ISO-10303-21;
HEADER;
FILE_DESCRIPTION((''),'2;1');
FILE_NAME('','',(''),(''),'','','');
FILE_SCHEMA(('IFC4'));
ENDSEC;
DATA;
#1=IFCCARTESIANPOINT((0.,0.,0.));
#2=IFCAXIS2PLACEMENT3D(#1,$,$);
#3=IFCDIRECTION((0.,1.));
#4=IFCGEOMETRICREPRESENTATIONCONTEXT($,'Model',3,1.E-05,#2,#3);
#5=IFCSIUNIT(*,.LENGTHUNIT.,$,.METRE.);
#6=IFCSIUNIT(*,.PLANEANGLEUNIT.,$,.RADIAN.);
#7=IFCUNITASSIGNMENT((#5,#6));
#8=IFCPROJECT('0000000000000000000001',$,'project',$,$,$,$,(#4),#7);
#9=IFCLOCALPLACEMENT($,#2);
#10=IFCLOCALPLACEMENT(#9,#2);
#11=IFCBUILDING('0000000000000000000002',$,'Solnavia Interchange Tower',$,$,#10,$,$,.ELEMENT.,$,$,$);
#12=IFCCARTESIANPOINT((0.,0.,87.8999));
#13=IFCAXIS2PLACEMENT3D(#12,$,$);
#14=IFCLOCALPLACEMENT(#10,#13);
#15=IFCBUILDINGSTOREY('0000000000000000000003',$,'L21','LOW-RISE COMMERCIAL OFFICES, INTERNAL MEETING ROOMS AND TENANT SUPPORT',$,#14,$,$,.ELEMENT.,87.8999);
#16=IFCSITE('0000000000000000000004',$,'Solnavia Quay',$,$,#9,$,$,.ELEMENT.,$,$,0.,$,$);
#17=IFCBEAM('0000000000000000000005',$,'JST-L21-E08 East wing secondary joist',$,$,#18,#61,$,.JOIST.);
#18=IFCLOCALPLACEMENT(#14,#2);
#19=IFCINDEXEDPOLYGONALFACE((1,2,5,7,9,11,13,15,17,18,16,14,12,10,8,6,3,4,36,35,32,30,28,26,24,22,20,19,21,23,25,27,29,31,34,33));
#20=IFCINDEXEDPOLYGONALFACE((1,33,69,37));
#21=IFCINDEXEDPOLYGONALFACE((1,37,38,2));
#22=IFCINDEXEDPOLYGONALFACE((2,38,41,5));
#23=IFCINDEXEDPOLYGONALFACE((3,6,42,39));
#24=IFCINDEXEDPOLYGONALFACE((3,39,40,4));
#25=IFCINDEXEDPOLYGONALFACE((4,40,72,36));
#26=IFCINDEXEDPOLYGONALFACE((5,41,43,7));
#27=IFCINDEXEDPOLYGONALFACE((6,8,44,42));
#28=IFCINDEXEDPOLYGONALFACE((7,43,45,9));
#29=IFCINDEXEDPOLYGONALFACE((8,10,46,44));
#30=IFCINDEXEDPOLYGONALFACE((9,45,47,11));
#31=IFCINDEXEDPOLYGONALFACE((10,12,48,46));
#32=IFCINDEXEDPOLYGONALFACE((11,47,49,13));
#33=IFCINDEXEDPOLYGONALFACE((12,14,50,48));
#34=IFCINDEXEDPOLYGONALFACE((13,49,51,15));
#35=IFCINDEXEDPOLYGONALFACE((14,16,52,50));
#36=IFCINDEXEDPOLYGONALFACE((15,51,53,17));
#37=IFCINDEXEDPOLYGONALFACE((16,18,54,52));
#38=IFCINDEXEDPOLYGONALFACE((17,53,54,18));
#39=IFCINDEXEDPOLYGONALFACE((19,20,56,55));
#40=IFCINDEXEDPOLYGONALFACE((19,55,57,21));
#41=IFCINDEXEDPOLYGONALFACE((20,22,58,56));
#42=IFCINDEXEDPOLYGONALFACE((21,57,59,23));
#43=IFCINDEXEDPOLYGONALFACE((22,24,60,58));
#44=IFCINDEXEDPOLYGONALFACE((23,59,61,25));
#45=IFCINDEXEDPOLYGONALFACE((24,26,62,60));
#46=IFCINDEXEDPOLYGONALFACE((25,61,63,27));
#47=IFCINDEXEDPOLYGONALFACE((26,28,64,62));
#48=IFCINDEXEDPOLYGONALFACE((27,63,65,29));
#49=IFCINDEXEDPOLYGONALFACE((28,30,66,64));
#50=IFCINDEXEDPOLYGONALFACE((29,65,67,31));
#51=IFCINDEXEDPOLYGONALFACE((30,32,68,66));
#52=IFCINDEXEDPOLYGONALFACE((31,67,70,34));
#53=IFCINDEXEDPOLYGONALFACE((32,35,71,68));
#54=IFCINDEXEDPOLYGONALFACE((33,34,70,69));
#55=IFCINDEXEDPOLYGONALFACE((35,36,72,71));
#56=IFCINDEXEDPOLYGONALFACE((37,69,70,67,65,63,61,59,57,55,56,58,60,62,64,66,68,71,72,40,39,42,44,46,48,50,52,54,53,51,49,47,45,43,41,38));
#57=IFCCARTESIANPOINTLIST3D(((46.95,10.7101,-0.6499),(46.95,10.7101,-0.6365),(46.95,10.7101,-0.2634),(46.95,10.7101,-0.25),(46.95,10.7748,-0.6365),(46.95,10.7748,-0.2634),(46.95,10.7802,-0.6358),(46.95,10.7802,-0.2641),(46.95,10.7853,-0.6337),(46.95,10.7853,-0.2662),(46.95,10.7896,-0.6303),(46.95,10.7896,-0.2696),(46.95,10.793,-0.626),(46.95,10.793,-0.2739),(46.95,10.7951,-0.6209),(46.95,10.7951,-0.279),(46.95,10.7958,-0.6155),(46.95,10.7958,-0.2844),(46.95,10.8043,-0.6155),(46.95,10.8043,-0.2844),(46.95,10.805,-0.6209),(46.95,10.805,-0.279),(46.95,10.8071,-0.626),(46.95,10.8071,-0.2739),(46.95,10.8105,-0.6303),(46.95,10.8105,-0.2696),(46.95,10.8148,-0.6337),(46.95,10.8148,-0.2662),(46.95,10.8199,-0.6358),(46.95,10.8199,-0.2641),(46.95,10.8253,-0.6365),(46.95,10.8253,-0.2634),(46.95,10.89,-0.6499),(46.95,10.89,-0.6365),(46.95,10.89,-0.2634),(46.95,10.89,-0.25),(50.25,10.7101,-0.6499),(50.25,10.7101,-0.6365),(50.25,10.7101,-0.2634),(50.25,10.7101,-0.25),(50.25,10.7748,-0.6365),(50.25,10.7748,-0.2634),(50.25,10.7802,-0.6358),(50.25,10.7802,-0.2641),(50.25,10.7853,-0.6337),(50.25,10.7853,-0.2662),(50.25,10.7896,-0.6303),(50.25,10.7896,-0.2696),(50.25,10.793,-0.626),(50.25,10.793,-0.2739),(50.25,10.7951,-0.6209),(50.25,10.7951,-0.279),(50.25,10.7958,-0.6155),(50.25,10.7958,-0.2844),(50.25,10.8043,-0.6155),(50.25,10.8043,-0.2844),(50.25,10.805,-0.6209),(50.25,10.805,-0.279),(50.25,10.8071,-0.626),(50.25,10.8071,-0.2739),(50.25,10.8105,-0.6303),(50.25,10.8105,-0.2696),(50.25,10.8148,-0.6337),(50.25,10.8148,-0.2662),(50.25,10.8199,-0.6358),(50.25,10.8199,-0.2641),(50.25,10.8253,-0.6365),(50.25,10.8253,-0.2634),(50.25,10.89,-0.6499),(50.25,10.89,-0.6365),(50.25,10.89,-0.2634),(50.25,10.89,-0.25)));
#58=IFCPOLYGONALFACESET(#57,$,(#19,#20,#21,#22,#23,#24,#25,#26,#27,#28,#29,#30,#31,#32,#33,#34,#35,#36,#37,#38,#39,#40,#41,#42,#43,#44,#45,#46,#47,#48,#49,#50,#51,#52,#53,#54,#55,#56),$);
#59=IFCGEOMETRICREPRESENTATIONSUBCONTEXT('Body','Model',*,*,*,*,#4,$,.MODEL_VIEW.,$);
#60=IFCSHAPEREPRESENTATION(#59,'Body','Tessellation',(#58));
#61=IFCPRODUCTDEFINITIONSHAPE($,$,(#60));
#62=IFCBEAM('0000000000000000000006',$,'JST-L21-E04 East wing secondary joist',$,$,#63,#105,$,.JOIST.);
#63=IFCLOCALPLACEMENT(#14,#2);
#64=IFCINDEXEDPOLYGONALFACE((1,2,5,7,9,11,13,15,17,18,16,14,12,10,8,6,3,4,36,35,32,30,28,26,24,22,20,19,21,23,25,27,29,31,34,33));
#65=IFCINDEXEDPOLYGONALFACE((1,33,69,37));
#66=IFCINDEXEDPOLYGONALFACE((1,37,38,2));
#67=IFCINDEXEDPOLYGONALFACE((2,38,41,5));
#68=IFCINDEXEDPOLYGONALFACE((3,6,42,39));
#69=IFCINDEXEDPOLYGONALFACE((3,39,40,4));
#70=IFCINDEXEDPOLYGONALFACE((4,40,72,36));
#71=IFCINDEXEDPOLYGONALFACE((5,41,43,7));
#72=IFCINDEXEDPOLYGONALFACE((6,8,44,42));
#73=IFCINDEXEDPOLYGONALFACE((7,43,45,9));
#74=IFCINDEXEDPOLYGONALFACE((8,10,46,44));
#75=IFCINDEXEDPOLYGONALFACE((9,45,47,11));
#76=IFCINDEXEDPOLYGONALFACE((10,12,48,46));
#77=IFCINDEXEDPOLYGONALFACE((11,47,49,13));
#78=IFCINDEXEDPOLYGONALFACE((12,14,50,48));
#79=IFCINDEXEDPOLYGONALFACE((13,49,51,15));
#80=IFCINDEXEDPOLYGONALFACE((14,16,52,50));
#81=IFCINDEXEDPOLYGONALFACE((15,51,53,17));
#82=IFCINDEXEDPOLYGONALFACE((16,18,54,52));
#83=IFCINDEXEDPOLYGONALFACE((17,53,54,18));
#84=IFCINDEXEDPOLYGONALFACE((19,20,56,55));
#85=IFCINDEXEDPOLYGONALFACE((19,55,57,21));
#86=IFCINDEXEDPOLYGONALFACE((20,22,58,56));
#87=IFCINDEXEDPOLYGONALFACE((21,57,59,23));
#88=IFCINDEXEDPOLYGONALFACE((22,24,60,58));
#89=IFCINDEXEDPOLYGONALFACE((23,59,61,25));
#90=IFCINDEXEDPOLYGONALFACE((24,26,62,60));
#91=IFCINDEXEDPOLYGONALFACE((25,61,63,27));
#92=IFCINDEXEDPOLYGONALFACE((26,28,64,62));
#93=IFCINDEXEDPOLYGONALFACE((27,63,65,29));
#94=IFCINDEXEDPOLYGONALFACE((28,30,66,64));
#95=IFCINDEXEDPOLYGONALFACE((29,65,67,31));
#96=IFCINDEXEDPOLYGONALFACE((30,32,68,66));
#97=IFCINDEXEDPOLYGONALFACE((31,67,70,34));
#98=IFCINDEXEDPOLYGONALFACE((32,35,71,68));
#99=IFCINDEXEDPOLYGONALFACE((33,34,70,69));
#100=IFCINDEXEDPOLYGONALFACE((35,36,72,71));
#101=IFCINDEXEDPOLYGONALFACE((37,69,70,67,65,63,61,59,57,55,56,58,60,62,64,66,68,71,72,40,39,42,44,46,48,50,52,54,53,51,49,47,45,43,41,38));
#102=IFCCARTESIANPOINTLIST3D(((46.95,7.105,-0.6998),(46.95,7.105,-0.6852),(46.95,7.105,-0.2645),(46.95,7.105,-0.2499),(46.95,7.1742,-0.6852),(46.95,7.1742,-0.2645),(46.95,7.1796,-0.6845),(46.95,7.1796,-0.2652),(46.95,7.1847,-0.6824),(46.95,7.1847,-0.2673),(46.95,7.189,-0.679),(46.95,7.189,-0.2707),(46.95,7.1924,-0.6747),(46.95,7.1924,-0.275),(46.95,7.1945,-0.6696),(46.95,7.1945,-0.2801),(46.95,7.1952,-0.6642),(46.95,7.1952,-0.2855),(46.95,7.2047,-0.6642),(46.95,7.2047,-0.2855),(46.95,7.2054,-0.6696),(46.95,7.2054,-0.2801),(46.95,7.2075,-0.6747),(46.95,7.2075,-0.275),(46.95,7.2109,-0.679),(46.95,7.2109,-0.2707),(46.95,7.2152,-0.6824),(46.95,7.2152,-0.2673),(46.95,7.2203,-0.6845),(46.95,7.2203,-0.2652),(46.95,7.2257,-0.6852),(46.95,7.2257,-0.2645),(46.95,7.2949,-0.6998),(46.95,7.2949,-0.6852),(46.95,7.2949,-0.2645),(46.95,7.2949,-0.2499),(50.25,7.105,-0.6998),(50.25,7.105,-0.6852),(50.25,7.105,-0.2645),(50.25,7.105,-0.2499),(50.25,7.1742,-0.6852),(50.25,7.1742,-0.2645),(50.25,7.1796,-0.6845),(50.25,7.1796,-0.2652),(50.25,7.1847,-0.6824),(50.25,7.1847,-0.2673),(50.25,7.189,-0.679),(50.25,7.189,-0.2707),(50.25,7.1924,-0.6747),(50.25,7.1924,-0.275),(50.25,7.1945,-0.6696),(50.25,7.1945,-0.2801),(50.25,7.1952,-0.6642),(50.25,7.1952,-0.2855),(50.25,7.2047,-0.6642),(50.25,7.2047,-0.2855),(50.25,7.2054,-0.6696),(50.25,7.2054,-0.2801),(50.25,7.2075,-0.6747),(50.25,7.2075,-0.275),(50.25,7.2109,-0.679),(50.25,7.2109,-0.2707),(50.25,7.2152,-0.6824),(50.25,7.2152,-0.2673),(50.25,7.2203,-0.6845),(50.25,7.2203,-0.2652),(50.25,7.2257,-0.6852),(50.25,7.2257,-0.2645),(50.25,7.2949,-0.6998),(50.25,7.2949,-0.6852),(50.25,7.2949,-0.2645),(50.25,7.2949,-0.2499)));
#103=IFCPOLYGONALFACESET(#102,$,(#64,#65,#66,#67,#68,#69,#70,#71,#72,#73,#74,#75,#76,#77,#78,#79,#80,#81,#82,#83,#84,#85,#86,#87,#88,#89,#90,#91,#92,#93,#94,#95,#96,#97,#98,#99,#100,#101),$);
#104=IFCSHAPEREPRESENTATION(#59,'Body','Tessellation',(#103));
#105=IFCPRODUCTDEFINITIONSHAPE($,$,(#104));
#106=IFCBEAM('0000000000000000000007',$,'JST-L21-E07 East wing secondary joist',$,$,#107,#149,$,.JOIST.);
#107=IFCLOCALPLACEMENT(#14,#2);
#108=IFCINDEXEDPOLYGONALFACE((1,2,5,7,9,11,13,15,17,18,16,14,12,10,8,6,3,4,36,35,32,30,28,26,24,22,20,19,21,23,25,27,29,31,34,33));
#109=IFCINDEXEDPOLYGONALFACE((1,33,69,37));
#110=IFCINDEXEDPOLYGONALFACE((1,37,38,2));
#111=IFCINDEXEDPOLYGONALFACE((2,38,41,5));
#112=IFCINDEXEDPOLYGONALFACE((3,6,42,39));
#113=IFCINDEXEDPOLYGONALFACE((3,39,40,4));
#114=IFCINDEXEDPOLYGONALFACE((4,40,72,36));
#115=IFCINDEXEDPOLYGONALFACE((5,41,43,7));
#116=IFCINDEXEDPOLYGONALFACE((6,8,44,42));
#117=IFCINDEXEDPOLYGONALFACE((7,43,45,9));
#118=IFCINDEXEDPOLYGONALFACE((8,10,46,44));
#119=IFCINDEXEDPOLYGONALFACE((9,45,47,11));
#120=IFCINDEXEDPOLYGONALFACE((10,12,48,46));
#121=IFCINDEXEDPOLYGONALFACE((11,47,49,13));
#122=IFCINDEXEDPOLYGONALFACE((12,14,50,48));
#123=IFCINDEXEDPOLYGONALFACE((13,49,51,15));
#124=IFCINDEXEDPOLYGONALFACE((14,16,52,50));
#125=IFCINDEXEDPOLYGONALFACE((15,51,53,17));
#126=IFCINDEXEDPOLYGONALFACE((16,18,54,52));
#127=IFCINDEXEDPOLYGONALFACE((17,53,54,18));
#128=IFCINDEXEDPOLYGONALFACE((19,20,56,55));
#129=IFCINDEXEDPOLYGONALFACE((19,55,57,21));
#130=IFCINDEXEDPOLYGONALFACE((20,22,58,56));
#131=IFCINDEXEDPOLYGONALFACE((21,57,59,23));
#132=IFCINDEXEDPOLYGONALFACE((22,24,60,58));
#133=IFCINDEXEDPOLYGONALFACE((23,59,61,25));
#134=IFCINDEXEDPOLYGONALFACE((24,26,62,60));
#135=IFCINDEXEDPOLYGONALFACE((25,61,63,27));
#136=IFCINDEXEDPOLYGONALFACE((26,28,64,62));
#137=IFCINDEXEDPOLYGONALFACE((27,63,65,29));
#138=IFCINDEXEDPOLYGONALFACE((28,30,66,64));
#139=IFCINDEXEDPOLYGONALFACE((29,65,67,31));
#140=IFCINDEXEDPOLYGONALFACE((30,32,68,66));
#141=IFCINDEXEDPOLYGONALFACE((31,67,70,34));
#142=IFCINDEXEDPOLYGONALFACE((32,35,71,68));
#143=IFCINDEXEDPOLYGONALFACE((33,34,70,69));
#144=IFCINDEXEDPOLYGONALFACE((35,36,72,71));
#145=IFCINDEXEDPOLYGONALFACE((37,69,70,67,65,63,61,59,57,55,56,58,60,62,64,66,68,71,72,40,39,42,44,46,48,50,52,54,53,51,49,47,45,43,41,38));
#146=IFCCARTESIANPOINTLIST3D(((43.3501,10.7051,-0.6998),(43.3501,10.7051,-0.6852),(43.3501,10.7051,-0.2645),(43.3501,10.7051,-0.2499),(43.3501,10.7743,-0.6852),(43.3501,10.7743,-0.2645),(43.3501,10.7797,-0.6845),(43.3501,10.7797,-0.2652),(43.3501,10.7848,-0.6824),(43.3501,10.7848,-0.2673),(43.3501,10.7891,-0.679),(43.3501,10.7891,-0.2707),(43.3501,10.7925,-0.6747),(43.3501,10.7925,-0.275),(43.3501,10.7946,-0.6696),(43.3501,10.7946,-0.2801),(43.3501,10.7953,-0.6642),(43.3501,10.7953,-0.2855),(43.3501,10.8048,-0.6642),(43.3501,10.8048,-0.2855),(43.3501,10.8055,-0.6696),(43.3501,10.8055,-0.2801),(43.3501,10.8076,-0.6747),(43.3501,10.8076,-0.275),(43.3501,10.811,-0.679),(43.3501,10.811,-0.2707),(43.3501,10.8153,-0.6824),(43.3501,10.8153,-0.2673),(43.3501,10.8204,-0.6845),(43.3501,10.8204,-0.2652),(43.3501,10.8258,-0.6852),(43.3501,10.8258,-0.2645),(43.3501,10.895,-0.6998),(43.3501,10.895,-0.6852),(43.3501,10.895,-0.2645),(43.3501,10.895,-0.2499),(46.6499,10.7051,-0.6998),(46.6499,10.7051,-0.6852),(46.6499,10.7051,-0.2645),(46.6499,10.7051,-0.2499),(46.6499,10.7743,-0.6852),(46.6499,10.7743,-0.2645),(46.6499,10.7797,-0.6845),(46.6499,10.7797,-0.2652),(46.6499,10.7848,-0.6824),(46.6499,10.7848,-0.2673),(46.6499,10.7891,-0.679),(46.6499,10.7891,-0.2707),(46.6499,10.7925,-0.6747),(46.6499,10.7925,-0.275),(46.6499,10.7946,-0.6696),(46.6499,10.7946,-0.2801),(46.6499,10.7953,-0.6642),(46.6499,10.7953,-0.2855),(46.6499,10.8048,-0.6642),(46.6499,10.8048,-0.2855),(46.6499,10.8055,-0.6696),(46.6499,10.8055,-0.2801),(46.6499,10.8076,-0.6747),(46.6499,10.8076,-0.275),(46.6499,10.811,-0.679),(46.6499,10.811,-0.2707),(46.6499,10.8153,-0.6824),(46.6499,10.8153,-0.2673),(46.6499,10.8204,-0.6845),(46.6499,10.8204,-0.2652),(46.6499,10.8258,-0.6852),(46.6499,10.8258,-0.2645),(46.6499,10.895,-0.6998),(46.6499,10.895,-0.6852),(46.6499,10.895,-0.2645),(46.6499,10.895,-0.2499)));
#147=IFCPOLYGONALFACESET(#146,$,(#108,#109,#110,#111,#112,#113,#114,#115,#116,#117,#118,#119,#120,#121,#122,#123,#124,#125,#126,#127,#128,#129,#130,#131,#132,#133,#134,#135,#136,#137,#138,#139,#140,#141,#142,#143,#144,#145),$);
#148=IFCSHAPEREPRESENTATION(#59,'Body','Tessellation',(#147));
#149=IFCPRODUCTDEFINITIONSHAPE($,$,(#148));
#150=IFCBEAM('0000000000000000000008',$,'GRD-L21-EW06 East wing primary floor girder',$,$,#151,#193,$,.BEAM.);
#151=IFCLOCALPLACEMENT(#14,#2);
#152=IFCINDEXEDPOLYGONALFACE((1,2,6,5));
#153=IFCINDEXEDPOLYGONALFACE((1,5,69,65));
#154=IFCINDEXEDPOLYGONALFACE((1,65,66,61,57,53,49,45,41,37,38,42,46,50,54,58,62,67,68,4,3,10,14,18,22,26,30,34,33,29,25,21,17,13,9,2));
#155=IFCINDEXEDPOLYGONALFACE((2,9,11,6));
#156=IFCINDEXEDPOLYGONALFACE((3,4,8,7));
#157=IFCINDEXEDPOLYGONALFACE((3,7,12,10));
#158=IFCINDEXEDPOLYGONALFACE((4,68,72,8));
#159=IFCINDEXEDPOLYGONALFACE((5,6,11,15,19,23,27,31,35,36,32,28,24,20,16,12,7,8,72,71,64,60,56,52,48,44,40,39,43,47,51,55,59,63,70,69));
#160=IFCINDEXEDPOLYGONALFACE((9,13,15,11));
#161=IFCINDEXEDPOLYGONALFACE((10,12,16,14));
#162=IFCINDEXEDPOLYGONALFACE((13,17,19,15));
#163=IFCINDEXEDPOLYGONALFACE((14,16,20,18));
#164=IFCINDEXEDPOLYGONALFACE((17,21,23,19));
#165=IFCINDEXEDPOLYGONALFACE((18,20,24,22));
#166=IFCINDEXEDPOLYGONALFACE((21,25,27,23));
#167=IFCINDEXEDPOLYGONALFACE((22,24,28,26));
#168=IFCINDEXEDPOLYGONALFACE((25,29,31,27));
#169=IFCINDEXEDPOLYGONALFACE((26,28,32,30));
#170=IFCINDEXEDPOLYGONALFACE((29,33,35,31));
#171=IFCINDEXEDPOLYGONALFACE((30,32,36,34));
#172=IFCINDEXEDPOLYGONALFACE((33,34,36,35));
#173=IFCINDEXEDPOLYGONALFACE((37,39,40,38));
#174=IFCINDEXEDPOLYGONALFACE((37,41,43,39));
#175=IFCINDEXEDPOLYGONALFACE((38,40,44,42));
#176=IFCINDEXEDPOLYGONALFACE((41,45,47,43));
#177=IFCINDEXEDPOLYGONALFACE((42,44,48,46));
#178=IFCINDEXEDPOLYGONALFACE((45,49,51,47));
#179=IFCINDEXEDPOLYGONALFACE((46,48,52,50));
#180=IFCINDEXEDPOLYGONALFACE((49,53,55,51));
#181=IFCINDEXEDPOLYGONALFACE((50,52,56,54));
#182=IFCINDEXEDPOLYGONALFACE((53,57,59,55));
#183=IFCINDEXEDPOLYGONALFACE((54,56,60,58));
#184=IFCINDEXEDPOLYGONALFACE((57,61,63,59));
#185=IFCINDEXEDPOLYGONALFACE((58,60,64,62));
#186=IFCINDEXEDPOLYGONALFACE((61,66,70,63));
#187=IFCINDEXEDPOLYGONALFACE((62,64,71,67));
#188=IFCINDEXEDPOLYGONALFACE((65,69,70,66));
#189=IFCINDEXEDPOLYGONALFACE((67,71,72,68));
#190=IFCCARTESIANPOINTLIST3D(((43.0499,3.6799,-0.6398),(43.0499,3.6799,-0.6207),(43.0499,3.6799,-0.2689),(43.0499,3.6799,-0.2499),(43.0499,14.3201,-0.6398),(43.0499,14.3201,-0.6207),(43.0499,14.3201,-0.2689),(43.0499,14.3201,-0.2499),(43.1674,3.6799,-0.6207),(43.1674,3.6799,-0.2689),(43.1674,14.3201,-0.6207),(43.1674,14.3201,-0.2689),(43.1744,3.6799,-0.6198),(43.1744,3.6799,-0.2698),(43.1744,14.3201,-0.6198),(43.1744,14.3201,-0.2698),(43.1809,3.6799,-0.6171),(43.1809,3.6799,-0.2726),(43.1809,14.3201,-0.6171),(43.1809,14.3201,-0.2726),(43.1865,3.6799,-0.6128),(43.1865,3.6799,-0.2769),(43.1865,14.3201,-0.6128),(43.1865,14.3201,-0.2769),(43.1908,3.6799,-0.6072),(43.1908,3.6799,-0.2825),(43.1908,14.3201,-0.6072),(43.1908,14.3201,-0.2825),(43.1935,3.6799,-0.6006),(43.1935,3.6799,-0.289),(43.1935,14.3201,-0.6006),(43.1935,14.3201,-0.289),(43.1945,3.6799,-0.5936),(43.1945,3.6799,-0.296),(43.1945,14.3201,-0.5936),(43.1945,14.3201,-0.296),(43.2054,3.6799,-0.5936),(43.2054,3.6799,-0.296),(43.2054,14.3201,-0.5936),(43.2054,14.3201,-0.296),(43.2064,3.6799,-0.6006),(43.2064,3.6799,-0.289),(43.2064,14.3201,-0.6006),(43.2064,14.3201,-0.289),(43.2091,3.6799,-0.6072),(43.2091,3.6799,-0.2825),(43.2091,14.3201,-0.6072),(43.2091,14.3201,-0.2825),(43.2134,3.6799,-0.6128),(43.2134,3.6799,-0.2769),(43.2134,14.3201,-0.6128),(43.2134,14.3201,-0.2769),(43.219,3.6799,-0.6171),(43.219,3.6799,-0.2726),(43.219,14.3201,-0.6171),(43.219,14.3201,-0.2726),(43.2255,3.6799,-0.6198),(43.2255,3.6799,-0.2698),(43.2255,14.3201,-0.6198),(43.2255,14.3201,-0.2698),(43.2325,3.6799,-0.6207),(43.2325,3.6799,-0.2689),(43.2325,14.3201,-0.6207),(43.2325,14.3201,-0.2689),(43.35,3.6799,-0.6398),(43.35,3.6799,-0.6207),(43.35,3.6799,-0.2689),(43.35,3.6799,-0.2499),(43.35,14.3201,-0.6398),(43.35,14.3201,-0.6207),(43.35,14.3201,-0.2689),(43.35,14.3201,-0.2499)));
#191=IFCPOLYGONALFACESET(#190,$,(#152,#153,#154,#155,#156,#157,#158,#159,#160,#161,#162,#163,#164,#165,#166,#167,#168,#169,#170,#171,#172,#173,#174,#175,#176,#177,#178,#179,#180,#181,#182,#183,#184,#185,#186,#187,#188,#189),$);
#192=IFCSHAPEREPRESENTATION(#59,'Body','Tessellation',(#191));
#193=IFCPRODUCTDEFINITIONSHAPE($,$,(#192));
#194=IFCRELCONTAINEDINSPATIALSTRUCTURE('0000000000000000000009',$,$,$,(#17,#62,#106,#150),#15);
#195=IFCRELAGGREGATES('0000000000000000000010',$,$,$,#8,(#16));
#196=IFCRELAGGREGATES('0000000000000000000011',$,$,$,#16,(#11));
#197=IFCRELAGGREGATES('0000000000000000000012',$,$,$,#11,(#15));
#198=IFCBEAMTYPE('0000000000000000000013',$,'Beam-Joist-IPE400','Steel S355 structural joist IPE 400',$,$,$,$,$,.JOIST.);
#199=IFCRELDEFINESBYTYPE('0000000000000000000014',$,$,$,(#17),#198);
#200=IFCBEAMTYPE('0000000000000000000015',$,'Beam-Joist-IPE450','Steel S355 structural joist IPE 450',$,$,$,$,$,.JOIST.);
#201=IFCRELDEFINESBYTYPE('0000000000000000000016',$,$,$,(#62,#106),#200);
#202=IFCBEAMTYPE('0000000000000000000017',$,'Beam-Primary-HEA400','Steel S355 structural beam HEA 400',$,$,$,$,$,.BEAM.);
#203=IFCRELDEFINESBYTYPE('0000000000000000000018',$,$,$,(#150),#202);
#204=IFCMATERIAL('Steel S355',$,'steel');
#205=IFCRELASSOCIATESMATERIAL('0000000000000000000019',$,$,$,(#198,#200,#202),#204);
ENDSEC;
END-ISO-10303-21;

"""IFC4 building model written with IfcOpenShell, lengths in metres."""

from ifc_helpers import new_model, si_unit, direction, frame, origin, origin_2d, place, context, subcontext, project, spatial, i_section, extrude, material, material_profile, profile_set, type_object, element, save


model = new_model("IFC4")

# Units and contexts
model_context = context("Model", 3, precision=1e-05, world=origin(), true_north=direction((0.0, 1.0)))
body_context = subcontext(model_context, "Body", "Model", "MODEL_VIEW")
ifc_project = project(units=[si_unit("LENGTHUNIT", "METRE"), si_unit("PLANEANGLEUNIT", "RADIAN")], contexts=[model_context])

# Site, building, storey
site_placement = place(None, origin())
site = spatial("IfcSite", under=ifc_project, at=site_placement, Name="Solnavia Quay", CompositionType="ELEMENT", RefElevation=0.0)
building_placement = place(site_placement, origin())
building = spatial("IfcBuilding", under=site, at=building_placement, Name="Solnavia Interchange Tower", CompositionType="ELEMENT")
storey_placement = place(building_placement, frame((0.0, 0.0, 87.8999)))
storey = spatial("IfcBuildingStorey", under=building, at=storey_placement, Name="L21", Description="LOW-RISE COMMERCIAL OFFICES, INTERNAL MEETING ROOMS AND TENANT SUPPORT", CompositionType="ELEMENT", Elevation=87.8999)

# Shared definitions
ifc_material_1 = material(Name="Steel S355", Category="steel")

# Beams
ifc_material_profile_1 = material_profile(ifc_material_1, i_section(OverallWidth=0.1799, OverallDepth=0.3999, WebThickness=0.0085, FlangeThickness=0.0134, FilletRadius=0.021, at=origin_2d()), Name="IPE 400")
ifc_profile_set_1 = profile_set([ifc_material_profile_1], Name="Steel S355")
beam_type_1 = type_object("IfcBeamType", Name="Beam-Joist-IPE400", Description="Steel S355 structural joist IPE 400", PredefinedType="JOIST", material=ifc_profile_set_1)
beam_1_placement = place(storey_placement, frame((46.95, 10.8, -0.45), z_axis=(1.0, 0.0, 0.0), x_axis=(0.0, 1.0, 0.0)))
element("IfcBeam", 1, at=beam_1_placement, inside=storey, type_object=beam_type_1, Name="JST-L21-E08 East wing secondary joist", PredefinedType="JOIST", context=body_context, shape_type="SweptSolid", body=[
    extrude(i_section(OverallWidth=0.1799, OverallDepth=0.3999, WebThickness=0.0085, FlangeThickness=0.0134, FilletRadius=0.021, at=origin_2d()), origin(), (0.0, 0.0, 1.0), 3.3),
])
ifc_material_profile_2 = material_profile(ifc_material_1, i_section(OverallWidth=0.1899, OverallDepth=0.45, WebThickness=0.0095, FlangeThickness=0.0146, FilletRadius=0.021, at=origin_2d()), Name="IPE 450")
ifc_profile_set_2 = profile_set([ifc_material_profile_2], Name="Steel S355")
beam_type_2 = type_object("IfcBeamType", Name="Beam-Joist-IPE450", Description="Steel S355 structural joist IPE 450", PredefinedType="JOIST", material=ifc_profile_set_2)
beam_2_placement = place(storey_placement, frame((46.95, 7.2, -0.4749), z_axis=(1.0, 0.0, 0.0), x_axis=(0.0, 1.0, 0.0)))
element("IfcBeam", 2, at=beam_2_placement, inside=storey, type_object=beam_type_2, Name="JST-L21-E04 East wing secondary joist", PredefinedType="JOIST", context=body_context, shape_type="SweptSolid", body=[
    extrude(i_section(OverallWidth=0.1899, OverallDepth=0.45, WebThickness=0.0095, FlangeThickness=0.0146, FilletRadius=0.021, at=origin_2d()), origin(), (0.0, 0.0, 1.0), 3.3),
])
beam_3_placement = place(storey_placement, frame((43.3501, 10.8, -0.4749), z_axis=(1.0, 0.0, 0.0), x_axis=(0.0, 1.0, 0.0)))
element("IfcBeam", 3, at=beam_3_placement, inside=storey, type_object=beam_type_2, Name="JST-L21-E07 East wing secondary joist", PredefinedType="JOIST", context=body_context, shape_type="SweptSolid", body=[
    extrude(i_section(OverallWidth=0.1899, OverallDepth=0.45, WebThickness=0.0095, FlangeThickness=0.0146, FilletRadius=0.021, at=origin_2d()), origin(), (0.0, 0.0, 1.0), 3.2998),
])
ifc_material_profile_3 = material_profile(ifc_material_1, i_section(OverallWidth=0.3, OverallDepth=0.3899, WebThickness=0.011, FlangeThickness=0.019, FilletRadius=0.0271, at=origin_2d()), Name="HEA 400")
ifc_profile_set_3 = profile_set([ifc_material_profile_3], Name="Steel S355")
beam_type_3 = type_object("IfcBeamType", Name="Beam-Primary-HEA400", Description="Steel S355 structural beam HEA 400", PredefinedType="BEAM", material=ifc_profile_set_3)
for number, where, z_axis, x_axis, name in (
    (4, (43.2, 3.6799, -0.4448), (0.0, 1.0, 0.0), (-1.0, 0.0, 0.0), "GRD-L21-EW06 East wing primary floor girder"),
):
    element("IfcBeam", number, at=place(storey_placement, frame(where, z_axis=z_axis, x_axis=x_axis)), inside=storey, type_object=beam_type_3, Name=name, PredefinedType="BEAM", context=body_context, shape_type="SweptSolid", body=[
        extrude(i_section(OverallWidth=0.3, OverallDepth=0.3899, WebThickness=0.011, FlangeThickness=0.019, FilletRadius=0.0271, at=origin_2d()), origin(), (0.0, 0.0, 1.0), 10.6401),
    ])

save(model, "model.ifc")
